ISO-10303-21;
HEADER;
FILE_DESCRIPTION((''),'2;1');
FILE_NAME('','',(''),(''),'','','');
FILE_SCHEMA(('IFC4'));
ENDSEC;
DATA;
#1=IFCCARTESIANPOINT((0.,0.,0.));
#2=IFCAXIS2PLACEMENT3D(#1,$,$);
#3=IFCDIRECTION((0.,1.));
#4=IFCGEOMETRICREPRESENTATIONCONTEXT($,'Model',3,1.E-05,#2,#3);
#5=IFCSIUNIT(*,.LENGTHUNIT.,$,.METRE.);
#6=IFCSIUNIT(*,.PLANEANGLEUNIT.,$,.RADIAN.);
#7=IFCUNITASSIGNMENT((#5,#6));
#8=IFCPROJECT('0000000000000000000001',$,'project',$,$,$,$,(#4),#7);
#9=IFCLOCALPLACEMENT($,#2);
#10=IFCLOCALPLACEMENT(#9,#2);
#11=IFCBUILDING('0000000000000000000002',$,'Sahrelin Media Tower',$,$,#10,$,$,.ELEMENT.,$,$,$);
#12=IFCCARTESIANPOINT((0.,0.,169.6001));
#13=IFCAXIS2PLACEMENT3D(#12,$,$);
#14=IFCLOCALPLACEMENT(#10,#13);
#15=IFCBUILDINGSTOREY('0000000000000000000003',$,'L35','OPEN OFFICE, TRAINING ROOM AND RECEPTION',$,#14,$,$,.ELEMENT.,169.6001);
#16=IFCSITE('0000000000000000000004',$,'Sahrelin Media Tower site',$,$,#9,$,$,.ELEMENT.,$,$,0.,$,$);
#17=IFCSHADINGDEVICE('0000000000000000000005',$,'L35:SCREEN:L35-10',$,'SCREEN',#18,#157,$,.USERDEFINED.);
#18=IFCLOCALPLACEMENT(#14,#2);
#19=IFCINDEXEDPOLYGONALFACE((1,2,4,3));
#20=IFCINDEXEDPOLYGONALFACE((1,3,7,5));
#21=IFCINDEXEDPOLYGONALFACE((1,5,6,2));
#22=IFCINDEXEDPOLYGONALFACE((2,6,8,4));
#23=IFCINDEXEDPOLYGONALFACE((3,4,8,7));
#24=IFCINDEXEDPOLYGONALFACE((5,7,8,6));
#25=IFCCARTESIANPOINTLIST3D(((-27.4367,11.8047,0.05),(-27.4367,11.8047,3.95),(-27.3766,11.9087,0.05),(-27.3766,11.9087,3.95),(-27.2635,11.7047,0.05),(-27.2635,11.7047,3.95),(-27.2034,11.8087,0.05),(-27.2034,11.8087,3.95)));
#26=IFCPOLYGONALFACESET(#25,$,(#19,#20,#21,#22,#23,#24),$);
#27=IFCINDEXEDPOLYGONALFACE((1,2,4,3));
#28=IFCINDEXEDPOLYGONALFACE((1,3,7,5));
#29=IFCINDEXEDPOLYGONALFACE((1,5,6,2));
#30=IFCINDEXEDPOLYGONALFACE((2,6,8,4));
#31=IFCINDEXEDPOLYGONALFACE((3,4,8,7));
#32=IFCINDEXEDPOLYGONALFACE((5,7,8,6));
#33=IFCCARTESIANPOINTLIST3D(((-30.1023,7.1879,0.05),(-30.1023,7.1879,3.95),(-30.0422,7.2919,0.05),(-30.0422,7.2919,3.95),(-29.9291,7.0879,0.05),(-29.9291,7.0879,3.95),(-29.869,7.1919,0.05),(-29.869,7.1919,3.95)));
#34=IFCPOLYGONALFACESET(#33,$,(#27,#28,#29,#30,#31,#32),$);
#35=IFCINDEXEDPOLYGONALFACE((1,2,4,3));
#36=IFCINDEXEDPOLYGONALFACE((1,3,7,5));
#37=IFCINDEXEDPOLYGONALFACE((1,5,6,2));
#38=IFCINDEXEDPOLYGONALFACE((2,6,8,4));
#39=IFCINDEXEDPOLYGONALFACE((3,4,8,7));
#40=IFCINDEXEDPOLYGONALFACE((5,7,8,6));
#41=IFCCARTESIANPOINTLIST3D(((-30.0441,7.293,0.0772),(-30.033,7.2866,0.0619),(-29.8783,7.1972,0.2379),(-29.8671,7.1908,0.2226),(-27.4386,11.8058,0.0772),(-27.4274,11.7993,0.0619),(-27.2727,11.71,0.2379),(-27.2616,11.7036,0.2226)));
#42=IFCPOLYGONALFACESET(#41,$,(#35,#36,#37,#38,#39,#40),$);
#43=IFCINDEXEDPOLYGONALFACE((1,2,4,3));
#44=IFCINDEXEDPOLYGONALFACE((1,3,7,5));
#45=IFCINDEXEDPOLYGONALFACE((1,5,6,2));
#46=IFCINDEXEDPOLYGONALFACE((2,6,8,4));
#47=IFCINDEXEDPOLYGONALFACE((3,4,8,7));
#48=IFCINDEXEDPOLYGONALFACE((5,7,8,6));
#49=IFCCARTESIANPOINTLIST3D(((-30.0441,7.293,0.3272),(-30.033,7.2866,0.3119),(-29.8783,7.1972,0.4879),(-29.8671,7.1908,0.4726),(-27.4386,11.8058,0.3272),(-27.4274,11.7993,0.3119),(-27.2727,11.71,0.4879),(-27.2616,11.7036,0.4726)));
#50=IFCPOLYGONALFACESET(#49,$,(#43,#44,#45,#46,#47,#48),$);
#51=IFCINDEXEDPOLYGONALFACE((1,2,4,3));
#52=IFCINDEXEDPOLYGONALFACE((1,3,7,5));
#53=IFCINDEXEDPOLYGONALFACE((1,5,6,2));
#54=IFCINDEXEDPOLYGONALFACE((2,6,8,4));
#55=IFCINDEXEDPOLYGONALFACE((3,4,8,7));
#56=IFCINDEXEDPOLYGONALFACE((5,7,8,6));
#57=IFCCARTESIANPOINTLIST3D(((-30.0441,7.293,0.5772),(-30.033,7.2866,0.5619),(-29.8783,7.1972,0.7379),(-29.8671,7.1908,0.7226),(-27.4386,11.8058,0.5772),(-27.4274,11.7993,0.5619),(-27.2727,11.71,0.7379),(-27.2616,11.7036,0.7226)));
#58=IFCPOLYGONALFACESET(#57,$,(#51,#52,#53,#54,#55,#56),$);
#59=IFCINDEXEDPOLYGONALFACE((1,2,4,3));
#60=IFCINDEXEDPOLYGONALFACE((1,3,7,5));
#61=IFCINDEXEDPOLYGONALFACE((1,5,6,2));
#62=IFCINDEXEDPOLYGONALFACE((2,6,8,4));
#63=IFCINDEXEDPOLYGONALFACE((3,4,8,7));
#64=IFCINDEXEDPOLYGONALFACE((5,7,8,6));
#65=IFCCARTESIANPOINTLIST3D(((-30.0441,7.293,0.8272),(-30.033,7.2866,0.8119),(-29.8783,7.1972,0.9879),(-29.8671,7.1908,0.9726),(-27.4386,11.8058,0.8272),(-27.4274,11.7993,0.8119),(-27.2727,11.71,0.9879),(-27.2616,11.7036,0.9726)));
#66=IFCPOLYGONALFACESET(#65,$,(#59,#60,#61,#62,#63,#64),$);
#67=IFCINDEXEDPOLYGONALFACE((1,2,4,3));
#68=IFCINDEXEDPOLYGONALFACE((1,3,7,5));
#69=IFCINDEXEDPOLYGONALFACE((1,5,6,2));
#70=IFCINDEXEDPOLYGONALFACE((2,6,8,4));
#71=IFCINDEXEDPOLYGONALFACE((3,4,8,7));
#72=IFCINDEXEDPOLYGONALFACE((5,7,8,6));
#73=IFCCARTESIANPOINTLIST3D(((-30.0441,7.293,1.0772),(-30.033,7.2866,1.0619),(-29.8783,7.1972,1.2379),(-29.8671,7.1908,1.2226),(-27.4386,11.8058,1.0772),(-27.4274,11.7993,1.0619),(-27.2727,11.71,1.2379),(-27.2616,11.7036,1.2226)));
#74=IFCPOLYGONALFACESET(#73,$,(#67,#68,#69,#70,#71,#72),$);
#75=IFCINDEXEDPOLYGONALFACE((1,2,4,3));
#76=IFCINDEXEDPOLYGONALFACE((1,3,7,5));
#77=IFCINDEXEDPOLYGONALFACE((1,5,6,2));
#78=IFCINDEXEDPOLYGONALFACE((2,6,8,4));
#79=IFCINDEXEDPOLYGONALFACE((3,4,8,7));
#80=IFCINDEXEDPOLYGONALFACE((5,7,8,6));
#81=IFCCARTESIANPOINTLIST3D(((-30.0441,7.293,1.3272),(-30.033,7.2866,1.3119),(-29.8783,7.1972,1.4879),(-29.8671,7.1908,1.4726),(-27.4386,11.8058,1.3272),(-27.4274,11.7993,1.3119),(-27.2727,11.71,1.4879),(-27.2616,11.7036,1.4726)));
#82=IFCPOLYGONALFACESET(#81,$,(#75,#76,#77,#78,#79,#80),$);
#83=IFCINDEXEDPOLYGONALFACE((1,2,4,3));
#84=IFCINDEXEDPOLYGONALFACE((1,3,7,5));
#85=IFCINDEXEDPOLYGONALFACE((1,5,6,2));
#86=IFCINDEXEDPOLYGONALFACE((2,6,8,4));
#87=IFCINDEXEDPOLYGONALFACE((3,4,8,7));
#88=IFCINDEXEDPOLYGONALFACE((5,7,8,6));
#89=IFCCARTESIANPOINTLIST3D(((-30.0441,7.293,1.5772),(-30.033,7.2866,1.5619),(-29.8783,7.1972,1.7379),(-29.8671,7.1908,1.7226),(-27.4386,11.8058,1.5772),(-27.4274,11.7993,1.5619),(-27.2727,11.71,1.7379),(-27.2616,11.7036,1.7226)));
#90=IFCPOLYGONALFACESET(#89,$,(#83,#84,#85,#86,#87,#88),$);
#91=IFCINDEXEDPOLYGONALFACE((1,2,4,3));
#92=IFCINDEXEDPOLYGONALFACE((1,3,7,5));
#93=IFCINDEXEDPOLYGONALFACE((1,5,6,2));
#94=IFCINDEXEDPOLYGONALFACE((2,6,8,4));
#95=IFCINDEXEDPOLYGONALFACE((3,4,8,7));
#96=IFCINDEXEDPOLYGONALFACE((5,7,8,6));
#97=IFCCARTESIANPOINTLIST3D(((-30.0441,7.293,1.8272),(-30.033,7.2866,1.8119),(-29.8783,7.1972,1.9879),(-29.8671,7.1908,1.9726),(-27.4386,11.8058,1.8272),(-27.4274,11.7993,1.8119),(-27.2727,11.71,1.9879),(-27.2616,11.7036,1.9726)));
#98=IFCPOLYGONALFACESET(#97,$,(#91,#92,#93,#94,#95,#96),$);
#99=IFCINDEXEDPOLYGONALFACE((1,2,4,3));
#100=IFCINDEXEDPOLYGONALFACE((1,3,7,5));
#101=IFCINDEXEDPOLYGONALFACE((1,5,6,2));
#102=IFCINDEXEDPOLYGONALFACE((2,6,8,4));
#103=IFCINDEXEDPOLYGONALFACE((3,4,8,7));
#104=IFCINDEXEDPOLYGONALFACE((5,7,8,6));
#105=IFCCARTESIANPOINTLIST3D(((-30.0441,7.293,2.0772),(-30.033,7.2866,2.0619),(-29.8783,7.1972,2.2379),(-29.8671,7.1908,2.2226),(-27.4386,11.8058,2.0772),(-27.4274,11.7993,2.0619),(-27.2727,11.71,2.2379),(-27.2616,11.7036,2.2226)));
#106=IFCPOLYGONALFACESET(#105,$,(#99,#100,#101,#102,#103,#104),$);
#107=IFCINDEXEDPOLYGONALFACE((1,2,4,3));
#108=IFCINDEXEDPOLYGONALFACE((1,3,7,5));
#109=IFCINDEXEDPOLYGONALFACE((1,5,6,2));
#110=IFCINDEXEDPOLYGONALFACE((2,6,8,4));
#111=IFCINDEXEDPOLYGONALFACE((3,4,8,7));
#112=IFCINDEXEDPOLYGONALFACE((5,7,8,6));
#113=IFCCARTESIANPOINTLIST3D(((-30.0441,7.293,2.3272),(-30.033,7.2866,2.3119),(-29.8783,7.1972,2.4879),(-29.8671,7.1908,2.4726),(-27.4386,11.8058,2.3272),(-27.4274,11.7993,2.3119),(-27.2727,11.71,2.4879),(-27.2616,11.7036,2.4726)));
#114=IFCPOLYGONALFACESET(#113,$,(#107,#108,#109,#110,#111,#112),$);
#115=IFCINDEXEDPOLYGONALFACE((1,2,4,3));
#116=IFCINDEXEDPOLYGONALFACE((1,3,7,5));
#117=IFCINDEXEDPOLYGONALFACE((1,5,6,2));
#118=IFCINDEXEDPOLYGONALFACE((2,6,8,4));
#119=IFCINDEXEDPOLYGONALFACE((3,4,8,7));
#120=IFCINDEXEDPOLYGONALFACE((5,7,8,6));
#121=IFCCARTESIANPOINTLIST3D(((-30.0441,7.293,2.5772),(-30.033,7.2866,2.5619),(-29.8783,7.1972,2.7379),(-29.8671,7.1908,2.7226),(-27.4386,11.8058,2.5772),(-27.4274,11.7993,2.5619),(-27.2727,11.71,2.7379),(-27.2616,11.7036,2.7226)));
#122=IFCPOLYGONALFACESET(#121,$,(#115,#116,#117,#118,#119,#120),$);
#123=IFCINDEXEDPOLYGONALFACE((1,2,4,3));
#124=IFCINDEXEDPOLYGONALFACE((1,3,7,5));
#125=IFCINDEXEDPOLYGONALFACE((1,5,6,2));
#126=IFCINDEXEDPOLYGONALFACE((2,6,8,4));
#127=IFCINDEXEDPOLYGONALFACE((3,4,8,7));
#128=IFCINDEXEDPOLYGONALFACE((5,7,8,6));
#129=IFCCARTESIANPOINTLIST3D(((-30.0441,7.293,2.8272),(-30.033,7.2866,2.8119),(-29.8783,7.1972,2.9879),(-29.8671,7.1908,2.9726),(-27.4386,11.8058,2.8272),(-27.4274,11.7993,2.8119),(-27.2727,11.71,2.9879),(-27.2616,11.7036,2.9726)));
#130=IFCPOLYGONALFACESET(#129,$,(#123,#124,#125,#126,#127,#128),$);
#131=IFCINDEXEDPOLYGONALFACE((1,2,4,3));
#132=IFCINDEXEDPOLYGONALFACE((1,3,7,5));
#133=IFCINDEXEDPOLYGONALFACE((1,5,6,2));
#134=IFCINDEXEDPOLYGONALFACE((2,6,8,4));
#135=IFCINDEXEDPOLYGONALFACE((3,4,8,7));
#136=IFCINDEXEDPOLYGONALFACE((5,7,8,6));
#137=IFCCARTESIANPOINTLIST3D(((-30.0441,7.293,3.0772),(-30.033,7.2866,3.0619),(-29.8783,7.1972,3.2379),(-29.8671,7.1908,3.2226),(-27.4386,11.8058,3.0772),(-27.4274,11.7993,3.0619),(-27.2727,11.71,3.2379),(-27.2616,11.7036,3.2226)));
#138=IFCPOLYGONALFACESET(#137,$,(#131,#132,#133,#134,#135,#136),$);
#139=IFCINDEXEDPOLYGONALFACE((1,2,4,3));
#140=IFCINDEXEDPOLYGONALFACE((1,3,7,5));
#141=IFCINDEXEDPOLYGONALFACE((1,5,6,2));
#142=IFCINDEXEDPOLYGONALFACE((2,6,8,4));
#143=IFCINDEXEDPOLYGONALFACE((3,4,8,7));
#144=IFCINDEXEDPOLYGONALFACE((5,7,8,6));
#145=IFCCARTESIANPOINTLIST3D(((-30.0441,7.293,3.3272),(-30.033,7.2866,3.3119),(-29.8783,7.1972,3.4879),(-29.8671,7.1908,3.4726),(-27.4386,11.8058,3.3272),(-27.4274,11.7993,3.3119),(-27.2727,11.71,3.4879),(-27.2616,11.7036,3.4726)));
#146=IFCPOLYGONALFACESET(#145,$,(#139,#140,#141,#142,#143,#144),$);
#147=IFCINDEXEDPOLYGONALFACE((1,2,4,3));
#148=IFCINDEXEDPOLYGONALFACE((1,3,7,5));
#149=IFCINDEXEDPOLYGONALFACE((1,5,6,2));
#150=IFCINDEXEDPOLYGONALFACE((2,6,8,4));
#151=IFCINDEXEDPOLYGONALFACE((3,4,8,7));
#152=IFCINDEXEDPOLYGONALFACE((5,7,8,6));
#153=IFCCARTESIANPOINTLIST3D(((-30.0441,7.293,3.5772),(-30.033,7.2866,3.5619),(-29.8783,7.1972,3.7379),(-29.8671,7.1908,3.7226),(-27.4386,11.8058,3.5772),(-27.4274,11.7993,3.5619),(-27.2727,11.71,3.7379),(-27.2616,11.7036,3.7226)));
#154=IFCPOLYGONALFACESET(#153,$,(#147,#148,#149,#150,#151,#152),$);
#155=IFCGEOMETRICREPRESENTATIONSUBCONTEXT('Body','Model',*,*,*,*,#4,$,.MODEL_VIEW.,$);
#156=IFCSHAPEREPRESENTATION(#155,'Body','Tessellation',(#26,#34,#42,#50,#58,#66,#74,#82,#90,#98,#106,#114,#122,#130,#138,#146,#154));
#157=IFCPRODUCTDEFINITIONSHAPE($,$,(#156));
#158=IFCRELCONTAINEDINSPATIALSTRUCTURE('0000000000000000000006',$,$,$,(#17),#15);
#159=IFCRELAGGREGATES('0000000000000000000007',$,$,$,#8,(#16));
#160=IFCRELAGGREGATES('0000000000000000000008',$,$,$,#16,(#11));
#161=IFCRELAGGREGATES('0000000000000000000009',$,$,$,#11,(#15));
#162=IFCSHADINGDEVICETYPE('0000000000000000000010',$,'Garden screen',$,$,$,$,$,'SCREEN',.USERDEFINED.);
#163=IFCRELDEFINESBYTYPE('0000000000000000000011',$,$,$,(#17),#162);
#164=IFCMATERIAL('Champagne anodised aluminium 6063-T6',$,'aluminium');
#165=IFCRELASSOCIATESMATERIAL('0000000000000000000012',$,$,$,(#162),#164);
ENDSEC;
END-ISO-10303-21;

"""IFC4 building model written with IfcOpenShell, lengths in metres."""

from ifc_helpers import new_model, si_unit, direction, frame, origin, origin_2d, place, context, subcontext, project, spatial, rectangle, extrude, material, type_object, element, save


model = new_model("IFC4")

# Units and contexts
model_context = context("Model", 3, precision=1e-05, world=origin(), true_north=direction((0.0, 1.0)))
body_context = subcontext(model_context, "Body", "Model", "MODEL_VIEW")
ifc_project = project(units=[si_unit("LENGTHUNIT", "METRE"), si_unit("PLANEANGLEUNIT", "RADIAN")], contexts=[model_context])

# Site, building, storey
site_placement = place(None, origin())
site = spatial("IfcSite", under=ifc_project, at=site_placement, Name="Sahrelin Media Tower site", CompositionType="ELEMENT", RefElevation=0.0)
building_placement = place(site_placement, origin())
building = spatial("IfcBuilding", under=site, at=building_placement, Name="Sahrelin Media Tower", CompositionType="ELEMENT")
storey_placement = place(building_placement, frame((0.0, 0.0, 169.6001)))
storey = spatial("IfcBuildingStorey", under=building, at=storey_placement, Name="L35", Description="OPEN OFFICE, TRAINING ROOM AND RECEPTION", CompositionType="ELEMENT", Elevation=169.6001)

# Shading device
ifc_material_1 = material(Name="Champagne anodised aluminium 6063-T6", Category="aluminium")
shading_device_type = type_object("IfcShadingDeviceType", Name="Garden screen", ElementType="SCREEN", PredefinedType="USERDEFINED", material=ifc_material_1)
shading_device_1_placement = place(storey_placement, frame((-28.5662, 9.4482, 0.0), z_axis=(0.0, 0.0, 1.0), x_axis=(0.500011, 0.866019, 0.0)))
element("IfcShadingDevice", 1, at=shading_device_1_placement, inside=storey, type_object=shading_device_type, Name="L35:SCREEN:L35-10", ObjectType="SCREEN", PredefinedType="USERDEFINED", context=body_context, shape_type="SweptSolid", body=[
    extrude(rectangle(XDim=0.1201, YDim=0.2, at=origin_2d()), frame((2.6655, 0.1001, 0.05), z_axis=(0.0, 0.0, 1.0), x_axis=(1.0, 0.0, 0.0)), (0.0, 0.0, 1.0), 3.8999),
    extrude(rectangle(XDim=0.1201, YDim=0.2, at=origin_2d()), frame((-2.6655, 0.1001, 0.05), z_axis=(0.0, 0.0, 1.0), x_axis=(1.0, 0.0, 0.0)), (0.0, 0.0, 1.0), 3.8999),
    extrude(rectangle(XDim=0.25, YDim=0.02, at=origin_2d()), frame((2.6055, 0.1001, 0.1499), z_axis=(-1.0, 0.0, 0.0), x_axis=(0.0, -0.766044, 0.642788)), (0.0, 0.0, 1.0), 5.2109),
    extrude(rectangle(XDim=0.25, YDim=0.02, at=origin_2d()), frame((2.6055, 0.1001, 0.3999), z_axis=(-1.0, 0.0, 0.0), x_axis=(0.0, -0.766044, 0.642788)), (0.0, 0.0, 1.0), 5.2109),
    extrude(rectangle(XDim=0.25, YDim=0.02, at=origin_2d()), frame((2.6055, 0.1001, 0.6499), z_axis=(-1.0, 0.0, 0.0), x_axis=(0.0, -0.766044, 0.642788)), (0.0, 0.0, 1.0), 5.2109),
    extrude(rectangle(XDim=0.25, YDim=0.02, at=origin_2d()), frame((2.6055, 0.1001, 0.8999), z_axis=(-1.0, 0.0, 0.0), x_axis=(0.0, -0.766044, 0.642788)), (0.0, 0.0, 1.0), 5.2109),
    extrude(rectangle(XDim=0.25, YDim=0.02, at=origin_2d()), frame((2.6055, 0.1001, 1.1499), z_axis=(-1.0, 0.0, 0.0), x_axis=(0.0, -0.766044, 0.642788)), (0.0, 0.0, 1.0), 5.2109),
    extrude(rectangle(XDim=0.25, YDim=0.02, at=origin_2d()), frame((2.6055, 0.1001, 1.3999), z_axis=(-1.0, 0.0, 0.0), x_axis=(0.0, -0.766044, 0.642788)), (0.0, 0.0, 1.0), 5.2109),
    extrude(rectangle(XDim=0.25, YDim=0.02, at=origin_2d()), frame((2.6055, 0.1001, 1.6499), z_axis=(-1.0, 0.0, 0.0), x_axis=(0.0, -0.766044, 0.642788)), (0.0, 0.0, 1.0), 5.2109),
    extrude(rectangle(XDim=0.25, YDim=0.02, at=origin_2d()), frame((2.6055, 0.1001, 1.8999), z_axis=(-1.0, 0.0, 0.0), x_axis=(0.0, -0.766044, 0.642788)), (0.0, 0.0, 1.0), 5.2109),
    extrude(rectangle(XDim=0.25, YDim=0.02, at=origin_2d()), frame((2.6055, 0.1001, 2.1499), z_axis=(-1.0, 0.0, 0.0), x_axis=(0.0, -0.766044, 0.642788)), (0.0, 0.0, 1.0), 5.2109),
    extrude(rectangle(XDim=0.25, YDim=0.02, at=origin_2d()), frame((2.6055, 0.1001, 2.3999), z_axis=(-1.0, 0.0, 0.0), x_axis=(0.0, -0.766044, 0.642788)), (0.0, 0.0, 1.0), 5.2109),
    extrude(rectangle(XDim=0.25, YDim=0.02, at=origin_2d()), frame((2.6055, 0.1001, 2.6499), z_axis=(-1.0, 0.0, 0.0), x_axis=(0.0, -0.766044, 0.642788)), (0.0, 0.0, 1.0), 5.2109),
    extrude(rectangle(XDim=0.25, YDim=0.02, at=origin_2d()), frame((2.6055, 0.1001, 2.8999), z_axis=(-1.0, 0.0, 0.0), x_axis=(0.0, -0.766044, 0.642788)), (0.0, 0.0, 1.0), 5.2109),
    extrude(rectangle(XDim=0.25, YDim=0.02, at=origin_2d()), frame((2.6055, 0.1001, 3.1499), z_axis=(-1.0, 0.0, 0.0), x_axis=(0.0, -0.766044, 0.642788)), (0.0, 0.0, 1.0), 5.2109),
    extrude(rectangle(XDim=0.25, YDim=0.02, at=origin_2d()), frame((2.6055, 0.1001, 3.3999), z_axis=(-1.0, 0.0, 0.0), x_axis=(0.0, -0.766044, 0.642788)), (0.0, 0.0, 1.0), 5.2109),
    extrude(rectangle(XDim=0.25, YDim=0.02, at=origin_2d()), frame((2.6055, 0.1001, 3.6499), z_axis=(-1.0, 0.0, 0.0), x_axis=(0.0, -0.766044, 0.642788)), (0.0, 0.0, 1.0), 5.2109),
])

save(model, "model.ifc")
